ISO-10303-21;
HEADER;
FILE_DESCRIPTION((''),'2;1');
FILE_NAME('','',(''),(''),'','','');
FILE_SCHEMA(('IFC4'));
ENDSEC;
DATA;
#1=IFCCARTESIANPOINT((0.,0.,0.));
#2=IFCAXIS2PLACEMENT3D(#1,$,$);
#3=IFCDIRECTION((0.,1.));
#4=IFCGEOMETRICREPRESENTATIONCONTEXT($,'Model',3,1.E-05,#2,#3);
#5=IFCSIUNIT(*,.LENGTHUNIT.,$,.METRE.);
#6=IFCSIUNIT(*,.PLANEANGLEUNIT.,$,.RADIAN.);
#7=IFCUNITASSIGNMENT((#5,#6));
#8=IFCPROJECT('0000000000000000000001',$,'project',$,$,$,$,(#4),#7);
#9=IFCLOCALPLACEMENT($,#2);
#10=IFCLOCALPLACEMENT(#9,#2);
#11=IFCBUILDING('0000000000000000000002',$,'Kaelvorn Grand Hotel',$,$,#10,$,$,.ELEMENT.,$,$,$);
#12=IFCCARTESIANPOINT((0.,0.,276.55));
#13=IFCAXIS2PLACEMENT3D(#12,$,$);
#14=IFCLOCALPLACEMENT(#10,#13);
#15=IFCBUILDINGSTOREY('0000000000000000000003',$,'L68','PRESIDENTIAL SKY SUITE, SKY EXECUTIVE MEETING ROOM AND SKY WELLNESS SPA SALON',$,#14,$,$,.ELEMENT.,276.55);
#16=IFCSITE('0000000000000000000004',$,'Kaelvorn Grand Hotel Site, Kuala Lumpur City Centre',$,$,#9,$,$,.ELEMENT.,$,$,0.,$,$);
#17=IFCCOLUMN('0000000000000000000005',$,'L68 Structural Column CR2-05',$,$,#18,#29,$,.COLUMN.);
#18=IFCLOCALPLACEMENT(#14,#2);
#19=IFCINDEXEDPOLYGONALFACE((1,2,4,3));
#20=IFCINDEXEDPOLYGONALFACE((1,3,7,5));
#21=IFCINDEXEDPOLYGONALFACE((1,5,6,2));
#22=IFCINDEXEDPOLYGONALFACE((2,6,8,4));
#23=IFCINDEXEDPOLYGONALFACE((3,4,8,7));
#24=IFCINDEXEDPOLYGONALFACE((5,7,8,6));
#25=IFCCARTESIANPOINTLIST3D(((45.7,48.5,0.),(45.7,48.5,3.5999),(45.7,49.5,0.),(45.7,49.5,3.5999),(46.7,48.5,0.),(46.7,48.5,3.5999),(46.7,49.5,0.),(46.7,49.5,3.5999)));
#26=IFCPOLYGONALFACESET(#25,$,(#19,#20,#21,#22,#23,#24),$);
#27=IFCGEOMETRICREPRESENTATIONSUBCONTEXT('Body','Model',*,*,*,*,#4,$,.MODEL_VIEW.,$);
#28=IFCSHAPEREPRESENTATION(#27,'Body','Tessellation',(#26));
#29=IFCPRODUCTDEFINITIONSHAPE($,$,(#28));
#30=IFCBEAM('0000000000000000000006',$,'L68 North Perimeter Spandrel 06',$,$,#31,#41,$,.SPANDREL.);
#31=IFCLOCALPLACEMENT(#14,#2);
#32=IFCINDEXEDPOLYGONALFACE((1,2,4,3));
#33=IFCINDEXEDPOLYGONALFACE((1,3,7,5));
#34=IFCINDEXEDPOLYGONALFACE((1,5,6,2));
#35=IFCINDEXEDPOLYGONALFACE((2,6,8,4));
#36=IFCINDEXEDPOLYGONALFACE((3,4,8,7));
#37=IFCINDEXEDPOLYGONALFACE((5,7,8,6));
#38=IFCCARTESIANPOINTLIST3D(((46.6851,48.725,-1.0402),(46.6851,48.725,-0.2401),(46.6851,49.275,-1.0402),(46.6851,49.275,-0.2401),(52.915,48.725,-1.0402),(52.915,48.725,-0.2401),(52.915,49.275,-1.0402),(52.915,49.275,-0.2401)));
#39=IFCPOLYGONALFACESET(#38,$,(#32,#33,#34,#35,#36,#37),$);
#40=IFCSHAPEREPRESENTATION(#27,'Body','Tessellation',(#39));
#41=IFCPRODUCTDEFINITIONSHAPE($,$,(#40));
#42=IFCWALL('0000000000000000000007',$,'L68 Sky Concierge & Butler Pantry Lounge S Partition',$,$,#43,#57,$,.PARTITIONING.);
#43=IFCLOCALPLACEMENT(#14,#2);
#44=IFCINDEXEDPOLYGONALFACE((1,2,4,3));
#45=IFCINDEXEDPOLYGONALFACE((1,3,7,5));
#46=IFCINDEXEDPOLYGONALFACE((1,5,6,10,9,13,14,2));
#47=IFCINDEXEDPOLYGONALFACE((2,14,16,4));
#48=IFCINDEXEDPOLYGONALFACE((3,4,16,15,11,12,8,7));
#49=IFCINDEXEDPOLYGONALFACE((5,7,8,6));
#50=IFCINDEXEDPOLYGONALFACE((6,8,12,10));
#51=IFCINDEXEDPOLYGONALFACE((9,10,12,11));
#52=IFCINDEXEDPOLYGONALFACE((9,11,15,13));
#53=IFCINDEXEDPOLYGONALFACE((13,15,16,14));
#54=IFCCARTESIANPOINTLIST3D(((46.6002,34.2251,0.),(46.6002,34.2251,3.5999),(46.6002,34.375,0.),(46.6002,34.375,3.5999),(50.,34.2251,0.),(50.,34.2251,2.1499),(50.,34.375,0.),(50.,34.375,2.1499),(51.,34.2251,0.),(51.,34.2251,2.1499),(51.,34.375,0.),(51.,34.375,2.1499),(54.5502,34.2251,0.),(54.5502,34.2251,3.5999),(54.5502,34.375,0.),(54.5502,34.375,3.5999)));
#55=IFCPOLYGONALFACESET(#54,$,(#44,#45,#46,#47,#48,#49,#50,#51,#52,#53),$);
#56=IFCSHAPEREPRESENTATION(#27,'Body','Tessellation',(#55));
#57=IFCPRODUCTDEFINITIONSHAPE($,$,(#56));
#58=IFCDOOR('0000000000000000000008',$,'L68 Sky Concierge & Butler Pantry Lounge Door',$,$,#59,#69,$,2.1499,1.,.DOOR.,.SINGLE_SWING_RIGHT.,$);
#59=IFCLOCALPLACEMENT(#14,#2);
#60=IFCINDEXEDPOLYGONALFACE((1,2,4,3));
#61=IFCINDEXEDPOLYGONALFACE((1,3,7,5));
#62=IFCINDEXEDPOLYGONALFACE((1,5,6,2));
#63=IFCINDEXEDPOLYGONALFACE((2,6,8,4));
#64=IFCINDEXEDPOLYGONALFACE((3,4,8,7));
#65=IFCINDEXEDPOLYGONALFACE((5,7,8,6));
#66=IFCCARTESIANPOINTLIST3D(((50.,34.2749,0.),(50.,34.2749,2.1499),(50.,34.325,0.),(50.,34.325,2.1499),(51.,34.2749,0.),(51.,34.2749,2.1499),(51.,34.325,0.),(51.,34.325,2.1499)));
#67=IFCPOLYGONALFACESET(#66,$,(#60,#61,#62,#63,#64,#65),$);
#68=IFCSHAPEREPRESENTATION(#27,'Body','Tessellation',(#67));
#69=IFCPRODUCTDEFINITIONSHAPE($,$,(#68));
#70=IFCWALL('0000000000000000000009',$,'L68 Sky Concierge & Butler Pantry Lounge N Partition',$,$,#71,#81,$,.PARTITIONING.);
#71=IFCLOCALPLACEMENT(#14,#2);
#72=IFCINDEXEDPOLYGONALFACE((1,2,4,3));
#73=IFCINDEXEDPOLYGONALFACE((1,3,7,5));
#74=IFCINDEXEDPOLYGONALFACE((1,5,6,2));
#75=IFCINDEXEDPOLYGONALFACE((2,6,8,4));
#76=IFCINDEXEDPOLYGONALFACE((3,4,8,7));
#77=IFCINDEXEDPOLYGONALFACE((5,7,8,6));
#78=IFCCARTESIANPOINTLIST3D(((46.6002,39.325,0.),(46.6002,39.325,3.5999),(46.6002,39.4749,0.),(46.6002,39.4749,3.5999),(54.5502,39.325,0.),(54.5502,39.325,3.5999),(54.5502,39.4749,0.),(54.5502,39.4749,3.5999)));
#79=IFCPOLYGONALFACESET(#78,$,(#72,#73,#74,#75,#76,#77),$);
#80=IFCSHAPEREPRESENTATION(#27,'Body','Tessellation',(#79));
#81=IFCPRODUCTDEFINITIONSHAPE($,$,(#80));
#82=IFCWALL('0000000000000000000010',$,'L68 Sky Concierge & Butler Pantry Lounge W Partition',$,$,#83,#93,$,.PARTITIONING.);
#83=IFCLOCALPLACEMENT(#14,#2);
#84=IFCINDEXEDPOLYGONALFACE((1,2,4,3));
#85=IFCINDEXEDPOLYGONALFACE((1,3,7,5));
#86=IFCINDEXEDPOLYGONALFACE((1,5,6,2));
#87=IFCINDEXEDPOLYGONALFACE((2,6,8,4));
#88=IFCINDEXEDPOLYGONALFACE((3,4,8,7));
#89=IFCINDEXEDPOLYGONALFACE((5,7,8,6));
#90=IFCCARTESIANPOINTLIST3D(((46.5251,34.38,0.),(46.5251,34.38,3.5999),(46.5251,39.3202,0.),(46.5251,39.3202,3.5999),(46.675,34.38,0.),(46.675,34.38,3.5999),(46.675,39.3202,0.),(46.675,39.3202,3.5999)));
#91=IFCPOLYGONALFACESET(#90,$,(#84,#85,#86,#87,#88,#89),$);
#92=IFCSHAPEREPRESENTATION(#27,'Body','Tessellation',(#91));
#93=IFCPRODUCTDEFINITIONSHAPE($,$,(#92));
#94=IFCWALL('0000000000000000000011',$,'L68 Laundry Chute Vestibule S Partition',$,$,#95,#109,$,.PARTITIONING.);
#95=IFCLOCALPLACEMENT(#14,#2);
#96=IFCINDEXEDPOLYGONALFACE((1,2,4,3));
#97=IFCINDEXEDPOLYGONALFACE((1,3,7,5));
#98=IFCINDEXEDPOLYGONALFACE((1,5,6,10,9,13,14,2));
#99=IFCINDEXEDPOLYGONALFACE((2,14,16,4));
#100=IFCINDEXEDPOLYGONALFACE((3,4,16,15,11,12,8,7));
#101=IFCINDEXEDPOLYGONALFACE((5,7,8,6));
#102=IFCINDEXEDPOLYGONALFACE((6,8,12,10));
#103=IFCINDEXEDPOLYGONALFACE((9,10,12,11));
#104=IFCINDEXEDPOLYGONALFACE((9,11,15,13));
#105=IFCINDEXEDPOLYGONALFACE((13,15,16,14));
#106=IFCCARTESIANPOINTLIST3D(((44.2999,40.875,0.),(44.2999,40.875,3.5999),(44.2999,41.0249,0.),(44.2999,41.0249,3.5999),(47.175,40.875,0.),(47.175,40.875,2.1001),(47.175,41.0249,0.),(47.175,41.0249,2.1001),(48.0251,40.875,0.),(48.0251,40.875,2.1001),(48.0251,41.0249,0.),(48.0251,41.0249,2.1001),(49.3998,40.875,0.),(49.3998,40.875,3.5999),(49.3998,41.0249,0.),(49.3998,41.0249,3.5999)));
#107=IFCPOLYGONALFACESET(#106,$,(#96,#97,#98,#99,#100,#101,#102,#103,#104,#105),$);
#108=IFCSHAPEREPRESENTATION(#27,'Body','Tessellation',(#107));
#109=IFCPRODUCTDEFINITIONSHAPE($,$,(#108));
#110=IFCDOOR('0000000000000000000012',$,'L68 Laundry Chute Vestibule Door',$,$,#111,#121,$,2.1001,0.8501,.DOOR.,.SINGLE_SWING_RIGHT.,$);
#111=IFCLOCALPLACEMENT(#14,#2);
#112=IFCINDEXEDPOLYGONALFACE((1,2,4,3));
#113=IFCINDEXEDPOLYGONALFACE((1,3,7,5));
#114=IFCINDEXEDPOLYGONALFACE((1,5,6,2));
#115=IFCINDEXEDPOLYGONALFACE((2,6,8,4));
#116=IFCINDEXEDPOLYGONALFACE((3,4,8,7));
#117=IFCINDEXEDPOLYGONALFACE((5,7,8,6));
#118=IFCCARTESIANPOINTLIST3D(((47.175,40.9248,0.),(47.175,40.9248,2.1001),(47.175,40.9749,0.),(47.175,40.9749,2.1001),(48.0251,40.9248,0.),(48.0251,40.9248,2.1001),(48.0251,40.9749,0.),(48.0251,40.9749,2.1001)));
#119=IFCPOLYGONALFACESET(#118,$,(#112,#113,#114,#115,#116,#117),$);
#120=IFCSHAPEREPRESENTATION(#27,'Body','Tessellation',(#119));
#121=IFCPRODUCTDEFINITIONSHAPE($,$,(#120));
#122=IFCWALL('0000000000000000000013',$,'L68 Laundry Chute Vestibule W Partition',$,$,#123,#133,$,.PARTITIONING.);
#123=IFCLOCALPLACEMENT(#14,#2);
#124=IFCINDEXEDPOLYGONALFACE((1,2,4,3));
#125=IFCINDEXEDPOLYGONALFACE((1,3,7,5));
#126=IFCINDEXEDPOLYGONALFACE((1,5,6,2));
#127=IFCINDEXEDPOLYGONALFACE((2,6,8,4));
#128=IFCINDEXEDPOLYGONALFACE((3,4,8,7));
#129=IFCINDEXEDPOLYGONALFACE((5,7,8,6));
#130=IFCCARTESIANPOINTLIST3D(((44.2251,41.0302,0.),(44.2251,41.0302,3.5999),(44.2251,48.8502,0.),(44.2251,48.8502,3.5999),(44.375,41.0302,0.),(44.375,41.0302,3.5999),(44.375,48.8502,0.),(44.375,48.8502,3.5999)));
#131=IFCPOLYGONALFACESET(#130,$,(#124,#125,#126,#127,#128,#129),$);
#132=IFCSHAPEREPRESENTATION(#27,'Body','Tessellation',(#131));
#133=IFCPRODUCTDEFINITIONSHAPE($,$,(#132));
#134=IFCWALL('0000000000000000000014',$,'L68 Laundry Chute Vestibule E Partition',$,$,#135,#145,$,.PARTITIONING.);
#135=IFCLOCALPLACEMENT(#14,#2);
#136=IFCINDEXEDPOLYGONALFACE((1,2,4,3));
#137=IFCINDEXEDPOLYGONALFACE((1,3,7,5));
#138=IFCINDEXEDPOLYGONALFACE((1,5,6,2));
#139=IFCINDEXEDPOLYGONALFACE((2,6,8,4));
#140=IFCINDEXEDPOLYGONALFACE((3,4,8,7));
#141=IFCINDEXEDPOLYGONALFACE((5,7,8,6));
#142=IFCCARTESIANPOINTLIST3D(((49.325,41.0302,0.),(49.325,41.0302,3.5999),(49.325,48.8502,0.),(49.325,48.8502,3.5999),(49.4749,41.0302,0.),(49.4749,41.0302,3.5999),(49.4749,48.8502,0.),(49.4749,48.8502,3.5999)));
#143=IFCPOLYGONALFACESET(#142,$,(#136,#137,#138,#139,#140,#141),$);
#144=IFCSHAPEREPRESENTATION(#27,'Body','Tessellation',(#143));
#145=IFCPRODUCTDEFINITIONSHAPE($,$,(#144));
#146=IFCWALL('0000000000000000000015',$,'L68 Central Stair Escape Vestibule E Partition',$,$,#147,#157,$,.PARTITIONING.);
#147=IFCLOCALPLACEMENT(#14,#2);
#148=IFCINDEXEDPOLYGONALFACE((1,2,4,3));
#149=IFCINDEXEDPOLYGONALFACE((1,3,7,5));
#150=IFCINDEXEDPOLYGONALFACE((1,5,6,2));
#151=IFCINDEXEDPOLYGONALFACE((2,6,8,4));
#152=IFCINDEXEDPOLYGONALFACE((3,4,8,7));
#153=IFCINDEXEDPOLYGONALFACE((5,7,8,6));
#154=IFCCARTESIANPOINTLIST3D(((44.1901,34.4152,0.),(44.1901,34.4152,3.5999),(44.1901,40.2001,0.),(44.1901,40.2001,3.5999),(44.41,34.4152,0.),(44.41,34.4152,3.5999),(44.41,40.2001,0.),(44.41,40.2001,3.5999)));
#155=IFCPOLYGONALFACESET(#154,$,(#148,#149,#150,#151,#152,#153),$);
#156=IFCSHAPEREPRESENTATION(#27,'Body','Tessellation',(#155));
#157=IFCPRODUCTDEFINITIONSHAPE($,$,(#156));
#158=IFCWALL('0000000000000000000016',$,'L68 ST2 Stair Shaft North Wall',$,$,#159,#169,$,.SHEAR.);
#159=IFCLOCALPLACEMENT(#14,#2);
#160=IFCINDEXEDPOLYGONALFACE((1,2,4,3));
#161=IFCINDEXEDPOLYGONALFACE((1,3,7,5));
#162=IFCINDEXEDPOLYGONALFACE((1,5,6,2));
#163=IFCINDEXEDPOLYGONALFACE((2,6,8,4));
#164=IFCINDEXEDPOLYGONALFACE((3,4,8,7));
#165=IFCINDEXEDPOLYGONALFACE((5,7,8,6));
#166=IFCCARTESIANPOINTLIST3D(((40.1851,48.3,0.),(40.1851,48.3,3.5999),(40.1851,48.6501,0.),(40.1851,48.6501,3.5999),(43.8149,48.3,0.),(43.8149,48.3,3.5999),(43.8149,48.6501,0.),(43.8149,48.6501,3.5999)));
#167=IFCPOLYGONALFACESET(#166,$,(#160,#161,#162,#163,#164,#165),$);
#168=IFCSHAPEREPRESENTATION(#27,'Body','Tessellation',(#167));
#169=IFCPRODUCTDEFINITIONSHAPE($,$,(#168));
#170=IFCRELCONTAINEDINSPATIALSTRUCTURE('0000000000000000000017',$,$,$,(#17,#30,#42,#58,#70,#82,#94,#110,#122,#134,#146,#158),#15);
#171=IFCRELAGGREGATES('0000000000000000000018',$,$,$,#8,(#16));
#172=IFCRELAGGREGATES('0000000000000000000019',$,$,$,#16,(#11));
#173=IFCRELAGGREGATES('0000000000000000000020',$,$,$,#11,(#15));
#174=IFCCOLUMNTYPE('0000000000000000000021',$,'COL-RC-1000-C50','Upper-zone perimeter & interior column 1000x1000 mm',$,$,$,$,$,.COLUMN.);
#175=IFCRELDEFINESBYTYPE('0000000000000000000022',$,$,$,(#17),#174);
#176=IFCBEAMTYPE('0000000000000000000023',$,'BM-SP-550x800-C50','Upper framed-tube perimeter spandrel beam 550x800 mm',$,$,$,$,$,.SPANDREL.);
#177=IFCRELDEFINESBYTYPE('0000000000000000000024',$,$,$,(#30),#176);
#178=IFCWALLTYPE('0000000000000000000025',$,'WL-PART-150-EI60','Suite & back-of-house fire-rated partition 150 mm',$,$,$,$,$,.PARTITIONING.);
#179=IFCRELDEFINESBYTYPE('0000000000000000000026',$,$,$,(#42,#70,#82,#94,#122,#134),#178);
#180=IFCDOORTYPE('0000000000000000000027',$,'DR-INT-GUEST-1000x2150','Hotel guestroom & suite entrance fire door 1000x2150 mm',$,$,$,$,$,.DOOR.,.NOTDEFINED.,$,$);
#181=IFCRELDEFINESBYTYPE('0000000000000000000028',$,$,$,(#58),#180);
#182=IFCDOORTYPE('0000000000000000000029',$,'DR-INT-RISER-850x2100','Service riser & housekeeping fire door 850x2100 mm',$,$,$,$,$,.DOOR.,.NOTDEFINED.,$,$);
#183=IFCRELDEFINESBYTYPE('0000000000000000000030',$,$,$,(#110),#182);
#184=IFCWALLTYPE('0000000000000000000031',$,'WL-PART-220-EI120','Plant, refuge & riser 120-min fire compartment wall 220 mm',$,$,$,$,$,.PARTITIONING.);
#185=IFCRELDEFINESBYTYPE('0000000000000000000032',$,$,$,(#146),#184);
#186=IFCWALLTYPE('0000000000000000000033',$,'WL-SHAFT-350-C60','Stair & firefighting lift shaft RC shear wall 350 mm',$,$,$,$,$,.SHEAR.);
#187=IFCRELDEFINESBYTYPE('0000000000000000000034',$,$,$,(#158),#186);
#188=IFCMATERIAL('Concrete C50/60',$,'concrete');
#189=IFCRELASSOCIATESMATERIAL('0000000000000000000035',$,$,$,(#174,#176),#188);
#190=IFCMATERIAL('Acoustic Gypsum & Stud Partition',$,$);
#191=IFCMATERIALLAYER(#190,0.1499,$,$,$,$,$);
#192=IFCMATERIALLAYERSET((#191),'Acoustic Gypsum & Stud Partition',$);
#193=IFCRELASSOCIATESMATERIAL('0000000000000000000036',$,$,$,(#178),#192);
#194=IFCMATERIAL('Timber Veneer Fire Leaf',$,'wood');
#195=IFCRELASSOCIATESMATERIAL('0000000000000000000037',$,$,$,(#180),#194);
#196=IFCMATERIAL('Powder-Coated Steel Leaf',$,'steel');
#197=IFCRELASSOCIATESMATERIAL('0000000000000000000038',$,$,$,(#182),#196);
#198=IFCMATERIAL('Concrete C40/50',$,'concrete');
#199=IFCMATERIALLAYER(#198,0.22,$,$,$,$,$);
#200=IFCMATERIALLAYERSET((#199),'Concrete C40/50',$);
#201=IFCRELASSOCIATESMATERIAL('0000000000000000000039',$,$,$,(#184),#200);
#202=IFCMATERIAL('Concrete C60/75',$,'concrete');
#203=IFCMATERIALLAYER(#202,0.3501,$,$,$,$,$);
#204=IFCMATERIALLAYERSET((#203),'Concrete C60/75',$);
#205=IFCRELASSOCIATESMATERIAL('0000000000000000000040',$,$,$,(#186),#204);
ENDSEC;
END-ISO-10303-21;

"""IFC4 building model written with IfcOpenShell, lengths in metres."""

from ifc_helpers import new_model, si_unit, direction, frame, frame_2d, origin, origin_2d, place, context, subcontext, project, spatial, rectangle, extrude, material, layer, layer_set, material_profile, profile_set, type_object, element, fill, save


model = new_model("IFC4")

# Units and contexts
model_context = context("Model", 3, precision=1e-05, world=origin(), true_north=direction((0.0, 1.0)))
body_context = subcontext(model_context, "Body", "Model", "MODEL_VIEW")
ifc_project = project(units=[si_unit("LENGTHUNIT", "METRE"), si_unit("PLANEANGLEUNIT", "RADIAN")], contexts=[model_context])

# Site, building, storey
site_placement = place(None, origin())
site = spatial("IfcSite", under=ifc_project, at=site_placement, Name="Kaelvorn Grand Hotel Site, Kuala Lumpur City Centre", CompositionType="ELEMENT", RefElevation=0.0)
building_placement = place(site_placement, origin())
building = spatial("IfcBuilding", under=site, at=building_placement, Name="Kaelvorn Grand Hotel", CompositionType="ELEMENT")
storey_placement = place(building_placement, frame((0.0, 0.0, 276.55)))
storey = spatial("IfcBuildingStorey", under=building, at=storey_placement, Name="L68", Description="PRESIDENTIAL SKY SUITE, SKY EXECUTIVE MEETING ROOM AND SKY WELLNESS SPA SALON", CompositionType="ELEMENT", Elevation=276.55)

# Column
ifc_material_1 = material(Name="Concrete C50/60", Category="concrete")
ifc_material_profile_1 = material_profile(ifc_material_1, rectangle(XDim=1.0, YDim=1.0, at=origin_2d()), Name="RC COL 1000x1000")
ifc_profile_set_1 = profile_set([ifc_material_profile_1], Name="Concrete C50/60")
column_type = type_object("IfcColumnType", Name="COL-RC-1000-C50", Description="Upper-zone perimeter & interior column 1000x1000 mm", PredefinedType="COLUMN", material=ifc_profile_set_1)
column_placement = place(storey_placement, frame((46.2, 49.0, 0.0), z_axis=(0.0, 0.0, 1.0), x_axis=(1.0, 0.0, 0.0)))
element("IfcColumn", 1, at=column_placement, inside=storey, type_object=column_type, Name="L68 Structural Column CR2-05", PredefinedType="COLUMN", context=body_context, shape_type="SweptSolid", body=[
    extrude(rectangle(XDim=1.0, YDim=1.0, at=origin_2d()), origin(), (0.0, 0.0, 1.0), 3.5999),
])

# Beam
ifc_material_profile_2 = material_profile(ifc_material_1, rectangle(XDim=0.55, YDim=0.8, at=origin_2d()), Name="RC SPANDREL 550x800")
ifc_profile_set_2 = profile_set([ifc_material_profile_2], Name="Concrete C50/60")
beam_type = type_object("IfcBeamType", Name="BM-SP-550x800-C50", Description="Upper framed-tube perimeter spandrel beam 550x800 mm", PredefinedType="SPANDREL", material=ifc_profile_set_2)
beam_placement = place(storey_placement, frame((46.6851, 49.0, -0.6401), z_axis=(1.0, 0.0, 0.0), x_axis=(0.0, 1.0, 0.0)))
element("IfcBeam", 2, at=beam_placement, inside=storey, type_object=beam_type, Name="L68 North Perimeter Spandrel 06", PredefinedType="SPANDREL", context=body_context, shape_type="SweptSolid", body=[
    extrude(rectangle(XDim=0.55, YDim=0.8, at=origin_2d()), origin(), (0.0, 0.0, 1.0), 6.23),
])

# Wall, opening, door
ifc_material_2 = material(Name="Acoustic Gypsum & Stud Partition")
ifc_layer_1 = layer(ifc_material_2, 0.1499)
ifc_layer_set_1 = layer_set([ifc_layer_1], Name="Acoustic Gypsum & Stud Partition")
wall_type_1 = type_object("IfcWallType", Name="WL-PART-150-EI60", Description="Suite & back-of-house fire-rated partition 150 mm", PredefinedType="PARTITIONING", material=ifc_layer_set_1)
wall_1_placement = place(storey_placement, frame((46.6001, 34.3, 0.0), z_axis=(0.0, 0.0, 1.0), x_axis=(1.0, 0.0, 0.0)))
wall_1 = element("IfcWall", 3, at=wall_1_placement, inside=storey, type_object=wall_type_1, Name="L68 Sky Concierge & Butler Pantry Lounge S Partition", PredefinedType="PARTITIONING", context=body_context, shape_type="SweptSolid", body=[
    extrude(rectangle(XDim=7.95, YDim=0.1499, at=frame_2d((3.9751, 0.0))), origin(), (0.0, 0.0, 1.0), 3.5999),
])
opening_1_placement = place(wall_1_placement, frame((3.3999, 0.0, 0.0)))
opening_1 = element("IfcOpeningElement", 4, at=opening_1_placement, cuts=wall_1, PredefinedType="OPENING", context=body_context, shape_type="SweptSolid", body=[
    extrude(rectangle(XDim=1.0, YDim=2.1499, at=frame_2d((0.5, 1.075))), frame((0.0, 0.085, 0.0), z_axis=(0.0, -1.0, 0.0), x_axis=(1.0, 0.0, 0.0)), (0.0, 0.0, 1.0), 0.1699),
])
ifc_material_3 = material(Name="Timber Veneer Fire Leaf", Category="wood")
door_type_1 = type_object("IfcDoorType", Name="DR-INT-GUEST-1000x2150", Description="Hotel guestroom & suite entrance fire door 1000x2150 mm", OperationType="NOTDEFINED", PredefinedType="DOOR", material=ifc_material_3)
door_1_placement = place(opening_1_placement, origin())
door_1 = element("IfcDoor", 5, at=door_1_placement, inside=storey, type_object=door_type_1, Name="L68 Sky Concierge & Butler Pantry Lounge Door", OperationType="SINGLE_SWING_RIGHT", OverallHeight=2.1499, OverallWidth=1.0, PredefinedType="DOOR", context=body_context, shape_type="SweptSolid", body=[
    extrude(rectangle(XDim=1.0, YDim=2.1499, at=frame_2d((0.5, 1.075))), frame((0.0, 0.0249, 0.0), z_axis=(0.0, -1.0, 0.0), x_axis=(1.0, 0.0, 0.0)), (0.0, 0.0, 1.0), 0.05),
])
fill(opening_1, door_1)

# Walls
wall_2_placement = place(storey_placement, frame((46.6001, 39.3999, 0.0), z_axis=(0.0, 0.0, 1.0), x_axis=(1.0, 0.0, 0.0)))
element("IfcWall", 6, at=wall_2_placement, inside=storey, type_object=wall_type_1, Name="L68 Sky Concierge & Butler Pantry Lounge N Partition", PredefinedType="PARTITIONING", context=body_context, shape_type="SweptSolid", body=[
    extrude(rectangle(XDim=7.95, YDim=0.1499, at=frame_2d((3.9751, 0.0))), origin(), (0.0, 0.0, 1.0), 3.5999),
])
wall_3_placement = place(storey_placement, frame((46.6001, 34.3799, 0.0), z_axis=(0.0, 0.0, 1.0), x_axis=(0.0, 1.0, 0.0)))
element("IfcWall", 7, at=wall_3_placement, inside=storey, type_object=wall_type_1, Name="L68 Sky Concierge & Butler Pantry Lounge W Partition", PredefinedType="PARTITIONING", context=body_context, shape_type="SweptSolid", body=[
    extrude(rectangle(XDim=4.9402, YDim=0.1499, at=frame_2d((2.4702, 0.0))), origin(), (0.0, 0.0, 1.0), 3.5999),
])

# Wall, opening, door
wall_4_placement = place(storey_placement, frame((44.3, 40.95, 0.0), z_axis=(0.0, 0.0, 1.0), x_axis=(1.0, 0.0, 0.0)))
wall_4 = element("IfcWall", 8, at=wall_4_placement, inside=storey, type_object=wall_type_1, Name="L68 Laundry Chute Vestibule S Partition", PredefinedType="PARTITIONING", context=body_context, shape_type="SweptSolid", body=[
    extrude(rectangle(XDim=5.0999, YDim=0.1499, at=frame_2d((2.5498, 0.0))), origin(), (0.0, 0.0, 1.0), 3.5999),
])
opening_2_placement = place(wall_4_placement, frame((2.875, 0.0, 0.0)))
opening_2 = element("IfcOpeningElement", 9, at=opening_2_placement, cuts=wall_4, PredefinedType="OPENING", context=body_context, shape_type="SweptSolid", body=[
    extrude(rectangle(XDim=0.8501, YDim=2.1001, at=frame_2d((0.425, 1.05))), frame((0.0, 0.085, 0.0), z_axis=(0.0, -1.0, 0.0), x_axis=(1.0, 0.0, 0.0)), (0.0, 0.0, 1.0), 0.1699),
])
ifc_material_4 = material(Name="Powder-Coated Steel Leaf", Category="steel")
door_type_2 = type_object("IfcDoorType", Name="DR-INT-RISER-850x2100", Description="Service riser & housekeeping fire door 850x2100 mm", OperationType="NOTDEFINED", PredefinedType="DOOR", material=ifc_material_4)
door_2_placement = place(opening_2_placement, origin())
door_2 = element("IfcDoor", 10, at=door_2_placement, inside=storey, type_object=door_type_2, Name="L68 Laundry Chute Vestibule Door", OperationType="SINGLE_SWING_RIGHT", OverallHeight=2.1001, OverallWidth=0.8501, PredefinedType="DOOR", context=body_context, shape_type="SweptSolid", body=[
    extrude(rectangle(XDim=0.8501, YDim=2.1001, at=frame_2d((0.425, 1.05))), frame((0.0, 0.0249, 0.0), z_axis=(0.0, -1.0, 0.0), x_axis=(1.0, 0.0, 0.0)), (0.0, 0.0, 1.0), 0.05),
])
fill(opening_2, door_2)

# Walls
for number, where, z_axis, x_axis, name in (
    (11, (44.3, 41.03, 0.0), (0.0, 0.0, 1.0), (0.0, 1.0, 0.0), "L68 Laundry Chute Vestibule W Partition"),
    (12, (49.3999, 41.03, 0.0), (0.0, 0.0, 1.0), (0.0, 1.0, 0.0), "L68 Laundry Chute Vestibule E Partition"),
):
    element("IfcWall", number, at=place(storey_placement, frame(where, z_axis=z_axis, x_axis=x_axis)), inside=storey, type_object=wall_type_1, Name=name, PredefinedType="PARTITIONING", context=body_context, shape_type="SweptSolid", body=[
        extrude(rectangle(XDim=7.8201, YDim=0.1499, at=frame_2d((3.9102, 0.0))), origin(), (0.0, 0.0, 1.0), 3.5999),
    ])
ifc_material_5 = material(Name="Concrete C40/50", Category="concrete")
ifc_layer_2 = layer(ifc_material_5, 0.22)
ifc_layer_set_2 = layer_set([ifc_layer_2], Name="Concrete C40/50")
wall_type_2 = type_object("IfcWallType", Name="WL-PART-220-EI120", Description="Plant, refuge & riser 120-min fire compartment wall 220 mm", PredefinedType="PARTITIONING", material=ifc_layer_set_2)
wall_5_placement = place(storey_placement, frame((44.3, 34.415, 0.0), z_axis=(0.0, 0.0, 1.0), x_axis=(0.0, 1.0, 0.0)))
element("IfcWall", 13, at=wall_5_placement, inside=storey, type_object=wall_type_2, Name="L68 Central Stair Escape Vestibule E Partition", PredefinedType="PARTITIONING", context=body_context, shape_type="SweptSolid", body=[
    extrude(rectangle(XDim=5.7849, YDim=0.22, at=frame_2d((2.8926, 0.0))), origin(), (0.0, 0.0, 1.0), 3.5999),
])
ifc_material_6 = material(Name="Concrete C60/75", Category="concrete")
ifc_layer_3 = layer(ifc_material_6, 0.3501)
ifc_layer_set_3 = layer_set([ifc_layer_3], Name="Concrete C60/75")
wall_type_3 = type_object("IfcWallType", Name="WL-SHAFT-350-C60", Description="Stair & firefighting lift shaft RC shear wall 350 mm", PredefinedType="SHEAR", material=ifc_layer_set_3)
wall_6_placement = place(storey_placement, frame((40.1851, 48.4751, 0.0), z_axis=(0.0, 0.0, 1.0), x_axis=(1.0, 0.0, 0.0)))
element("IfcWall", 14, at=wall_6_placement, inside=storey, type_object=wall_type_3, Name="L68 ST2 Stair Shaft North Wall", PredefinedType="SHEAR", context=body_context, shape_type="SweptSolid", body=[
    extrude(rectangle(XDim=3.6299, YDim=0.3501, at=frame_2d((1.8149, 0.0))), origin(), (0.0, 0.0, 1.0), 3.5999),
])

save(model, "model.ifc")
